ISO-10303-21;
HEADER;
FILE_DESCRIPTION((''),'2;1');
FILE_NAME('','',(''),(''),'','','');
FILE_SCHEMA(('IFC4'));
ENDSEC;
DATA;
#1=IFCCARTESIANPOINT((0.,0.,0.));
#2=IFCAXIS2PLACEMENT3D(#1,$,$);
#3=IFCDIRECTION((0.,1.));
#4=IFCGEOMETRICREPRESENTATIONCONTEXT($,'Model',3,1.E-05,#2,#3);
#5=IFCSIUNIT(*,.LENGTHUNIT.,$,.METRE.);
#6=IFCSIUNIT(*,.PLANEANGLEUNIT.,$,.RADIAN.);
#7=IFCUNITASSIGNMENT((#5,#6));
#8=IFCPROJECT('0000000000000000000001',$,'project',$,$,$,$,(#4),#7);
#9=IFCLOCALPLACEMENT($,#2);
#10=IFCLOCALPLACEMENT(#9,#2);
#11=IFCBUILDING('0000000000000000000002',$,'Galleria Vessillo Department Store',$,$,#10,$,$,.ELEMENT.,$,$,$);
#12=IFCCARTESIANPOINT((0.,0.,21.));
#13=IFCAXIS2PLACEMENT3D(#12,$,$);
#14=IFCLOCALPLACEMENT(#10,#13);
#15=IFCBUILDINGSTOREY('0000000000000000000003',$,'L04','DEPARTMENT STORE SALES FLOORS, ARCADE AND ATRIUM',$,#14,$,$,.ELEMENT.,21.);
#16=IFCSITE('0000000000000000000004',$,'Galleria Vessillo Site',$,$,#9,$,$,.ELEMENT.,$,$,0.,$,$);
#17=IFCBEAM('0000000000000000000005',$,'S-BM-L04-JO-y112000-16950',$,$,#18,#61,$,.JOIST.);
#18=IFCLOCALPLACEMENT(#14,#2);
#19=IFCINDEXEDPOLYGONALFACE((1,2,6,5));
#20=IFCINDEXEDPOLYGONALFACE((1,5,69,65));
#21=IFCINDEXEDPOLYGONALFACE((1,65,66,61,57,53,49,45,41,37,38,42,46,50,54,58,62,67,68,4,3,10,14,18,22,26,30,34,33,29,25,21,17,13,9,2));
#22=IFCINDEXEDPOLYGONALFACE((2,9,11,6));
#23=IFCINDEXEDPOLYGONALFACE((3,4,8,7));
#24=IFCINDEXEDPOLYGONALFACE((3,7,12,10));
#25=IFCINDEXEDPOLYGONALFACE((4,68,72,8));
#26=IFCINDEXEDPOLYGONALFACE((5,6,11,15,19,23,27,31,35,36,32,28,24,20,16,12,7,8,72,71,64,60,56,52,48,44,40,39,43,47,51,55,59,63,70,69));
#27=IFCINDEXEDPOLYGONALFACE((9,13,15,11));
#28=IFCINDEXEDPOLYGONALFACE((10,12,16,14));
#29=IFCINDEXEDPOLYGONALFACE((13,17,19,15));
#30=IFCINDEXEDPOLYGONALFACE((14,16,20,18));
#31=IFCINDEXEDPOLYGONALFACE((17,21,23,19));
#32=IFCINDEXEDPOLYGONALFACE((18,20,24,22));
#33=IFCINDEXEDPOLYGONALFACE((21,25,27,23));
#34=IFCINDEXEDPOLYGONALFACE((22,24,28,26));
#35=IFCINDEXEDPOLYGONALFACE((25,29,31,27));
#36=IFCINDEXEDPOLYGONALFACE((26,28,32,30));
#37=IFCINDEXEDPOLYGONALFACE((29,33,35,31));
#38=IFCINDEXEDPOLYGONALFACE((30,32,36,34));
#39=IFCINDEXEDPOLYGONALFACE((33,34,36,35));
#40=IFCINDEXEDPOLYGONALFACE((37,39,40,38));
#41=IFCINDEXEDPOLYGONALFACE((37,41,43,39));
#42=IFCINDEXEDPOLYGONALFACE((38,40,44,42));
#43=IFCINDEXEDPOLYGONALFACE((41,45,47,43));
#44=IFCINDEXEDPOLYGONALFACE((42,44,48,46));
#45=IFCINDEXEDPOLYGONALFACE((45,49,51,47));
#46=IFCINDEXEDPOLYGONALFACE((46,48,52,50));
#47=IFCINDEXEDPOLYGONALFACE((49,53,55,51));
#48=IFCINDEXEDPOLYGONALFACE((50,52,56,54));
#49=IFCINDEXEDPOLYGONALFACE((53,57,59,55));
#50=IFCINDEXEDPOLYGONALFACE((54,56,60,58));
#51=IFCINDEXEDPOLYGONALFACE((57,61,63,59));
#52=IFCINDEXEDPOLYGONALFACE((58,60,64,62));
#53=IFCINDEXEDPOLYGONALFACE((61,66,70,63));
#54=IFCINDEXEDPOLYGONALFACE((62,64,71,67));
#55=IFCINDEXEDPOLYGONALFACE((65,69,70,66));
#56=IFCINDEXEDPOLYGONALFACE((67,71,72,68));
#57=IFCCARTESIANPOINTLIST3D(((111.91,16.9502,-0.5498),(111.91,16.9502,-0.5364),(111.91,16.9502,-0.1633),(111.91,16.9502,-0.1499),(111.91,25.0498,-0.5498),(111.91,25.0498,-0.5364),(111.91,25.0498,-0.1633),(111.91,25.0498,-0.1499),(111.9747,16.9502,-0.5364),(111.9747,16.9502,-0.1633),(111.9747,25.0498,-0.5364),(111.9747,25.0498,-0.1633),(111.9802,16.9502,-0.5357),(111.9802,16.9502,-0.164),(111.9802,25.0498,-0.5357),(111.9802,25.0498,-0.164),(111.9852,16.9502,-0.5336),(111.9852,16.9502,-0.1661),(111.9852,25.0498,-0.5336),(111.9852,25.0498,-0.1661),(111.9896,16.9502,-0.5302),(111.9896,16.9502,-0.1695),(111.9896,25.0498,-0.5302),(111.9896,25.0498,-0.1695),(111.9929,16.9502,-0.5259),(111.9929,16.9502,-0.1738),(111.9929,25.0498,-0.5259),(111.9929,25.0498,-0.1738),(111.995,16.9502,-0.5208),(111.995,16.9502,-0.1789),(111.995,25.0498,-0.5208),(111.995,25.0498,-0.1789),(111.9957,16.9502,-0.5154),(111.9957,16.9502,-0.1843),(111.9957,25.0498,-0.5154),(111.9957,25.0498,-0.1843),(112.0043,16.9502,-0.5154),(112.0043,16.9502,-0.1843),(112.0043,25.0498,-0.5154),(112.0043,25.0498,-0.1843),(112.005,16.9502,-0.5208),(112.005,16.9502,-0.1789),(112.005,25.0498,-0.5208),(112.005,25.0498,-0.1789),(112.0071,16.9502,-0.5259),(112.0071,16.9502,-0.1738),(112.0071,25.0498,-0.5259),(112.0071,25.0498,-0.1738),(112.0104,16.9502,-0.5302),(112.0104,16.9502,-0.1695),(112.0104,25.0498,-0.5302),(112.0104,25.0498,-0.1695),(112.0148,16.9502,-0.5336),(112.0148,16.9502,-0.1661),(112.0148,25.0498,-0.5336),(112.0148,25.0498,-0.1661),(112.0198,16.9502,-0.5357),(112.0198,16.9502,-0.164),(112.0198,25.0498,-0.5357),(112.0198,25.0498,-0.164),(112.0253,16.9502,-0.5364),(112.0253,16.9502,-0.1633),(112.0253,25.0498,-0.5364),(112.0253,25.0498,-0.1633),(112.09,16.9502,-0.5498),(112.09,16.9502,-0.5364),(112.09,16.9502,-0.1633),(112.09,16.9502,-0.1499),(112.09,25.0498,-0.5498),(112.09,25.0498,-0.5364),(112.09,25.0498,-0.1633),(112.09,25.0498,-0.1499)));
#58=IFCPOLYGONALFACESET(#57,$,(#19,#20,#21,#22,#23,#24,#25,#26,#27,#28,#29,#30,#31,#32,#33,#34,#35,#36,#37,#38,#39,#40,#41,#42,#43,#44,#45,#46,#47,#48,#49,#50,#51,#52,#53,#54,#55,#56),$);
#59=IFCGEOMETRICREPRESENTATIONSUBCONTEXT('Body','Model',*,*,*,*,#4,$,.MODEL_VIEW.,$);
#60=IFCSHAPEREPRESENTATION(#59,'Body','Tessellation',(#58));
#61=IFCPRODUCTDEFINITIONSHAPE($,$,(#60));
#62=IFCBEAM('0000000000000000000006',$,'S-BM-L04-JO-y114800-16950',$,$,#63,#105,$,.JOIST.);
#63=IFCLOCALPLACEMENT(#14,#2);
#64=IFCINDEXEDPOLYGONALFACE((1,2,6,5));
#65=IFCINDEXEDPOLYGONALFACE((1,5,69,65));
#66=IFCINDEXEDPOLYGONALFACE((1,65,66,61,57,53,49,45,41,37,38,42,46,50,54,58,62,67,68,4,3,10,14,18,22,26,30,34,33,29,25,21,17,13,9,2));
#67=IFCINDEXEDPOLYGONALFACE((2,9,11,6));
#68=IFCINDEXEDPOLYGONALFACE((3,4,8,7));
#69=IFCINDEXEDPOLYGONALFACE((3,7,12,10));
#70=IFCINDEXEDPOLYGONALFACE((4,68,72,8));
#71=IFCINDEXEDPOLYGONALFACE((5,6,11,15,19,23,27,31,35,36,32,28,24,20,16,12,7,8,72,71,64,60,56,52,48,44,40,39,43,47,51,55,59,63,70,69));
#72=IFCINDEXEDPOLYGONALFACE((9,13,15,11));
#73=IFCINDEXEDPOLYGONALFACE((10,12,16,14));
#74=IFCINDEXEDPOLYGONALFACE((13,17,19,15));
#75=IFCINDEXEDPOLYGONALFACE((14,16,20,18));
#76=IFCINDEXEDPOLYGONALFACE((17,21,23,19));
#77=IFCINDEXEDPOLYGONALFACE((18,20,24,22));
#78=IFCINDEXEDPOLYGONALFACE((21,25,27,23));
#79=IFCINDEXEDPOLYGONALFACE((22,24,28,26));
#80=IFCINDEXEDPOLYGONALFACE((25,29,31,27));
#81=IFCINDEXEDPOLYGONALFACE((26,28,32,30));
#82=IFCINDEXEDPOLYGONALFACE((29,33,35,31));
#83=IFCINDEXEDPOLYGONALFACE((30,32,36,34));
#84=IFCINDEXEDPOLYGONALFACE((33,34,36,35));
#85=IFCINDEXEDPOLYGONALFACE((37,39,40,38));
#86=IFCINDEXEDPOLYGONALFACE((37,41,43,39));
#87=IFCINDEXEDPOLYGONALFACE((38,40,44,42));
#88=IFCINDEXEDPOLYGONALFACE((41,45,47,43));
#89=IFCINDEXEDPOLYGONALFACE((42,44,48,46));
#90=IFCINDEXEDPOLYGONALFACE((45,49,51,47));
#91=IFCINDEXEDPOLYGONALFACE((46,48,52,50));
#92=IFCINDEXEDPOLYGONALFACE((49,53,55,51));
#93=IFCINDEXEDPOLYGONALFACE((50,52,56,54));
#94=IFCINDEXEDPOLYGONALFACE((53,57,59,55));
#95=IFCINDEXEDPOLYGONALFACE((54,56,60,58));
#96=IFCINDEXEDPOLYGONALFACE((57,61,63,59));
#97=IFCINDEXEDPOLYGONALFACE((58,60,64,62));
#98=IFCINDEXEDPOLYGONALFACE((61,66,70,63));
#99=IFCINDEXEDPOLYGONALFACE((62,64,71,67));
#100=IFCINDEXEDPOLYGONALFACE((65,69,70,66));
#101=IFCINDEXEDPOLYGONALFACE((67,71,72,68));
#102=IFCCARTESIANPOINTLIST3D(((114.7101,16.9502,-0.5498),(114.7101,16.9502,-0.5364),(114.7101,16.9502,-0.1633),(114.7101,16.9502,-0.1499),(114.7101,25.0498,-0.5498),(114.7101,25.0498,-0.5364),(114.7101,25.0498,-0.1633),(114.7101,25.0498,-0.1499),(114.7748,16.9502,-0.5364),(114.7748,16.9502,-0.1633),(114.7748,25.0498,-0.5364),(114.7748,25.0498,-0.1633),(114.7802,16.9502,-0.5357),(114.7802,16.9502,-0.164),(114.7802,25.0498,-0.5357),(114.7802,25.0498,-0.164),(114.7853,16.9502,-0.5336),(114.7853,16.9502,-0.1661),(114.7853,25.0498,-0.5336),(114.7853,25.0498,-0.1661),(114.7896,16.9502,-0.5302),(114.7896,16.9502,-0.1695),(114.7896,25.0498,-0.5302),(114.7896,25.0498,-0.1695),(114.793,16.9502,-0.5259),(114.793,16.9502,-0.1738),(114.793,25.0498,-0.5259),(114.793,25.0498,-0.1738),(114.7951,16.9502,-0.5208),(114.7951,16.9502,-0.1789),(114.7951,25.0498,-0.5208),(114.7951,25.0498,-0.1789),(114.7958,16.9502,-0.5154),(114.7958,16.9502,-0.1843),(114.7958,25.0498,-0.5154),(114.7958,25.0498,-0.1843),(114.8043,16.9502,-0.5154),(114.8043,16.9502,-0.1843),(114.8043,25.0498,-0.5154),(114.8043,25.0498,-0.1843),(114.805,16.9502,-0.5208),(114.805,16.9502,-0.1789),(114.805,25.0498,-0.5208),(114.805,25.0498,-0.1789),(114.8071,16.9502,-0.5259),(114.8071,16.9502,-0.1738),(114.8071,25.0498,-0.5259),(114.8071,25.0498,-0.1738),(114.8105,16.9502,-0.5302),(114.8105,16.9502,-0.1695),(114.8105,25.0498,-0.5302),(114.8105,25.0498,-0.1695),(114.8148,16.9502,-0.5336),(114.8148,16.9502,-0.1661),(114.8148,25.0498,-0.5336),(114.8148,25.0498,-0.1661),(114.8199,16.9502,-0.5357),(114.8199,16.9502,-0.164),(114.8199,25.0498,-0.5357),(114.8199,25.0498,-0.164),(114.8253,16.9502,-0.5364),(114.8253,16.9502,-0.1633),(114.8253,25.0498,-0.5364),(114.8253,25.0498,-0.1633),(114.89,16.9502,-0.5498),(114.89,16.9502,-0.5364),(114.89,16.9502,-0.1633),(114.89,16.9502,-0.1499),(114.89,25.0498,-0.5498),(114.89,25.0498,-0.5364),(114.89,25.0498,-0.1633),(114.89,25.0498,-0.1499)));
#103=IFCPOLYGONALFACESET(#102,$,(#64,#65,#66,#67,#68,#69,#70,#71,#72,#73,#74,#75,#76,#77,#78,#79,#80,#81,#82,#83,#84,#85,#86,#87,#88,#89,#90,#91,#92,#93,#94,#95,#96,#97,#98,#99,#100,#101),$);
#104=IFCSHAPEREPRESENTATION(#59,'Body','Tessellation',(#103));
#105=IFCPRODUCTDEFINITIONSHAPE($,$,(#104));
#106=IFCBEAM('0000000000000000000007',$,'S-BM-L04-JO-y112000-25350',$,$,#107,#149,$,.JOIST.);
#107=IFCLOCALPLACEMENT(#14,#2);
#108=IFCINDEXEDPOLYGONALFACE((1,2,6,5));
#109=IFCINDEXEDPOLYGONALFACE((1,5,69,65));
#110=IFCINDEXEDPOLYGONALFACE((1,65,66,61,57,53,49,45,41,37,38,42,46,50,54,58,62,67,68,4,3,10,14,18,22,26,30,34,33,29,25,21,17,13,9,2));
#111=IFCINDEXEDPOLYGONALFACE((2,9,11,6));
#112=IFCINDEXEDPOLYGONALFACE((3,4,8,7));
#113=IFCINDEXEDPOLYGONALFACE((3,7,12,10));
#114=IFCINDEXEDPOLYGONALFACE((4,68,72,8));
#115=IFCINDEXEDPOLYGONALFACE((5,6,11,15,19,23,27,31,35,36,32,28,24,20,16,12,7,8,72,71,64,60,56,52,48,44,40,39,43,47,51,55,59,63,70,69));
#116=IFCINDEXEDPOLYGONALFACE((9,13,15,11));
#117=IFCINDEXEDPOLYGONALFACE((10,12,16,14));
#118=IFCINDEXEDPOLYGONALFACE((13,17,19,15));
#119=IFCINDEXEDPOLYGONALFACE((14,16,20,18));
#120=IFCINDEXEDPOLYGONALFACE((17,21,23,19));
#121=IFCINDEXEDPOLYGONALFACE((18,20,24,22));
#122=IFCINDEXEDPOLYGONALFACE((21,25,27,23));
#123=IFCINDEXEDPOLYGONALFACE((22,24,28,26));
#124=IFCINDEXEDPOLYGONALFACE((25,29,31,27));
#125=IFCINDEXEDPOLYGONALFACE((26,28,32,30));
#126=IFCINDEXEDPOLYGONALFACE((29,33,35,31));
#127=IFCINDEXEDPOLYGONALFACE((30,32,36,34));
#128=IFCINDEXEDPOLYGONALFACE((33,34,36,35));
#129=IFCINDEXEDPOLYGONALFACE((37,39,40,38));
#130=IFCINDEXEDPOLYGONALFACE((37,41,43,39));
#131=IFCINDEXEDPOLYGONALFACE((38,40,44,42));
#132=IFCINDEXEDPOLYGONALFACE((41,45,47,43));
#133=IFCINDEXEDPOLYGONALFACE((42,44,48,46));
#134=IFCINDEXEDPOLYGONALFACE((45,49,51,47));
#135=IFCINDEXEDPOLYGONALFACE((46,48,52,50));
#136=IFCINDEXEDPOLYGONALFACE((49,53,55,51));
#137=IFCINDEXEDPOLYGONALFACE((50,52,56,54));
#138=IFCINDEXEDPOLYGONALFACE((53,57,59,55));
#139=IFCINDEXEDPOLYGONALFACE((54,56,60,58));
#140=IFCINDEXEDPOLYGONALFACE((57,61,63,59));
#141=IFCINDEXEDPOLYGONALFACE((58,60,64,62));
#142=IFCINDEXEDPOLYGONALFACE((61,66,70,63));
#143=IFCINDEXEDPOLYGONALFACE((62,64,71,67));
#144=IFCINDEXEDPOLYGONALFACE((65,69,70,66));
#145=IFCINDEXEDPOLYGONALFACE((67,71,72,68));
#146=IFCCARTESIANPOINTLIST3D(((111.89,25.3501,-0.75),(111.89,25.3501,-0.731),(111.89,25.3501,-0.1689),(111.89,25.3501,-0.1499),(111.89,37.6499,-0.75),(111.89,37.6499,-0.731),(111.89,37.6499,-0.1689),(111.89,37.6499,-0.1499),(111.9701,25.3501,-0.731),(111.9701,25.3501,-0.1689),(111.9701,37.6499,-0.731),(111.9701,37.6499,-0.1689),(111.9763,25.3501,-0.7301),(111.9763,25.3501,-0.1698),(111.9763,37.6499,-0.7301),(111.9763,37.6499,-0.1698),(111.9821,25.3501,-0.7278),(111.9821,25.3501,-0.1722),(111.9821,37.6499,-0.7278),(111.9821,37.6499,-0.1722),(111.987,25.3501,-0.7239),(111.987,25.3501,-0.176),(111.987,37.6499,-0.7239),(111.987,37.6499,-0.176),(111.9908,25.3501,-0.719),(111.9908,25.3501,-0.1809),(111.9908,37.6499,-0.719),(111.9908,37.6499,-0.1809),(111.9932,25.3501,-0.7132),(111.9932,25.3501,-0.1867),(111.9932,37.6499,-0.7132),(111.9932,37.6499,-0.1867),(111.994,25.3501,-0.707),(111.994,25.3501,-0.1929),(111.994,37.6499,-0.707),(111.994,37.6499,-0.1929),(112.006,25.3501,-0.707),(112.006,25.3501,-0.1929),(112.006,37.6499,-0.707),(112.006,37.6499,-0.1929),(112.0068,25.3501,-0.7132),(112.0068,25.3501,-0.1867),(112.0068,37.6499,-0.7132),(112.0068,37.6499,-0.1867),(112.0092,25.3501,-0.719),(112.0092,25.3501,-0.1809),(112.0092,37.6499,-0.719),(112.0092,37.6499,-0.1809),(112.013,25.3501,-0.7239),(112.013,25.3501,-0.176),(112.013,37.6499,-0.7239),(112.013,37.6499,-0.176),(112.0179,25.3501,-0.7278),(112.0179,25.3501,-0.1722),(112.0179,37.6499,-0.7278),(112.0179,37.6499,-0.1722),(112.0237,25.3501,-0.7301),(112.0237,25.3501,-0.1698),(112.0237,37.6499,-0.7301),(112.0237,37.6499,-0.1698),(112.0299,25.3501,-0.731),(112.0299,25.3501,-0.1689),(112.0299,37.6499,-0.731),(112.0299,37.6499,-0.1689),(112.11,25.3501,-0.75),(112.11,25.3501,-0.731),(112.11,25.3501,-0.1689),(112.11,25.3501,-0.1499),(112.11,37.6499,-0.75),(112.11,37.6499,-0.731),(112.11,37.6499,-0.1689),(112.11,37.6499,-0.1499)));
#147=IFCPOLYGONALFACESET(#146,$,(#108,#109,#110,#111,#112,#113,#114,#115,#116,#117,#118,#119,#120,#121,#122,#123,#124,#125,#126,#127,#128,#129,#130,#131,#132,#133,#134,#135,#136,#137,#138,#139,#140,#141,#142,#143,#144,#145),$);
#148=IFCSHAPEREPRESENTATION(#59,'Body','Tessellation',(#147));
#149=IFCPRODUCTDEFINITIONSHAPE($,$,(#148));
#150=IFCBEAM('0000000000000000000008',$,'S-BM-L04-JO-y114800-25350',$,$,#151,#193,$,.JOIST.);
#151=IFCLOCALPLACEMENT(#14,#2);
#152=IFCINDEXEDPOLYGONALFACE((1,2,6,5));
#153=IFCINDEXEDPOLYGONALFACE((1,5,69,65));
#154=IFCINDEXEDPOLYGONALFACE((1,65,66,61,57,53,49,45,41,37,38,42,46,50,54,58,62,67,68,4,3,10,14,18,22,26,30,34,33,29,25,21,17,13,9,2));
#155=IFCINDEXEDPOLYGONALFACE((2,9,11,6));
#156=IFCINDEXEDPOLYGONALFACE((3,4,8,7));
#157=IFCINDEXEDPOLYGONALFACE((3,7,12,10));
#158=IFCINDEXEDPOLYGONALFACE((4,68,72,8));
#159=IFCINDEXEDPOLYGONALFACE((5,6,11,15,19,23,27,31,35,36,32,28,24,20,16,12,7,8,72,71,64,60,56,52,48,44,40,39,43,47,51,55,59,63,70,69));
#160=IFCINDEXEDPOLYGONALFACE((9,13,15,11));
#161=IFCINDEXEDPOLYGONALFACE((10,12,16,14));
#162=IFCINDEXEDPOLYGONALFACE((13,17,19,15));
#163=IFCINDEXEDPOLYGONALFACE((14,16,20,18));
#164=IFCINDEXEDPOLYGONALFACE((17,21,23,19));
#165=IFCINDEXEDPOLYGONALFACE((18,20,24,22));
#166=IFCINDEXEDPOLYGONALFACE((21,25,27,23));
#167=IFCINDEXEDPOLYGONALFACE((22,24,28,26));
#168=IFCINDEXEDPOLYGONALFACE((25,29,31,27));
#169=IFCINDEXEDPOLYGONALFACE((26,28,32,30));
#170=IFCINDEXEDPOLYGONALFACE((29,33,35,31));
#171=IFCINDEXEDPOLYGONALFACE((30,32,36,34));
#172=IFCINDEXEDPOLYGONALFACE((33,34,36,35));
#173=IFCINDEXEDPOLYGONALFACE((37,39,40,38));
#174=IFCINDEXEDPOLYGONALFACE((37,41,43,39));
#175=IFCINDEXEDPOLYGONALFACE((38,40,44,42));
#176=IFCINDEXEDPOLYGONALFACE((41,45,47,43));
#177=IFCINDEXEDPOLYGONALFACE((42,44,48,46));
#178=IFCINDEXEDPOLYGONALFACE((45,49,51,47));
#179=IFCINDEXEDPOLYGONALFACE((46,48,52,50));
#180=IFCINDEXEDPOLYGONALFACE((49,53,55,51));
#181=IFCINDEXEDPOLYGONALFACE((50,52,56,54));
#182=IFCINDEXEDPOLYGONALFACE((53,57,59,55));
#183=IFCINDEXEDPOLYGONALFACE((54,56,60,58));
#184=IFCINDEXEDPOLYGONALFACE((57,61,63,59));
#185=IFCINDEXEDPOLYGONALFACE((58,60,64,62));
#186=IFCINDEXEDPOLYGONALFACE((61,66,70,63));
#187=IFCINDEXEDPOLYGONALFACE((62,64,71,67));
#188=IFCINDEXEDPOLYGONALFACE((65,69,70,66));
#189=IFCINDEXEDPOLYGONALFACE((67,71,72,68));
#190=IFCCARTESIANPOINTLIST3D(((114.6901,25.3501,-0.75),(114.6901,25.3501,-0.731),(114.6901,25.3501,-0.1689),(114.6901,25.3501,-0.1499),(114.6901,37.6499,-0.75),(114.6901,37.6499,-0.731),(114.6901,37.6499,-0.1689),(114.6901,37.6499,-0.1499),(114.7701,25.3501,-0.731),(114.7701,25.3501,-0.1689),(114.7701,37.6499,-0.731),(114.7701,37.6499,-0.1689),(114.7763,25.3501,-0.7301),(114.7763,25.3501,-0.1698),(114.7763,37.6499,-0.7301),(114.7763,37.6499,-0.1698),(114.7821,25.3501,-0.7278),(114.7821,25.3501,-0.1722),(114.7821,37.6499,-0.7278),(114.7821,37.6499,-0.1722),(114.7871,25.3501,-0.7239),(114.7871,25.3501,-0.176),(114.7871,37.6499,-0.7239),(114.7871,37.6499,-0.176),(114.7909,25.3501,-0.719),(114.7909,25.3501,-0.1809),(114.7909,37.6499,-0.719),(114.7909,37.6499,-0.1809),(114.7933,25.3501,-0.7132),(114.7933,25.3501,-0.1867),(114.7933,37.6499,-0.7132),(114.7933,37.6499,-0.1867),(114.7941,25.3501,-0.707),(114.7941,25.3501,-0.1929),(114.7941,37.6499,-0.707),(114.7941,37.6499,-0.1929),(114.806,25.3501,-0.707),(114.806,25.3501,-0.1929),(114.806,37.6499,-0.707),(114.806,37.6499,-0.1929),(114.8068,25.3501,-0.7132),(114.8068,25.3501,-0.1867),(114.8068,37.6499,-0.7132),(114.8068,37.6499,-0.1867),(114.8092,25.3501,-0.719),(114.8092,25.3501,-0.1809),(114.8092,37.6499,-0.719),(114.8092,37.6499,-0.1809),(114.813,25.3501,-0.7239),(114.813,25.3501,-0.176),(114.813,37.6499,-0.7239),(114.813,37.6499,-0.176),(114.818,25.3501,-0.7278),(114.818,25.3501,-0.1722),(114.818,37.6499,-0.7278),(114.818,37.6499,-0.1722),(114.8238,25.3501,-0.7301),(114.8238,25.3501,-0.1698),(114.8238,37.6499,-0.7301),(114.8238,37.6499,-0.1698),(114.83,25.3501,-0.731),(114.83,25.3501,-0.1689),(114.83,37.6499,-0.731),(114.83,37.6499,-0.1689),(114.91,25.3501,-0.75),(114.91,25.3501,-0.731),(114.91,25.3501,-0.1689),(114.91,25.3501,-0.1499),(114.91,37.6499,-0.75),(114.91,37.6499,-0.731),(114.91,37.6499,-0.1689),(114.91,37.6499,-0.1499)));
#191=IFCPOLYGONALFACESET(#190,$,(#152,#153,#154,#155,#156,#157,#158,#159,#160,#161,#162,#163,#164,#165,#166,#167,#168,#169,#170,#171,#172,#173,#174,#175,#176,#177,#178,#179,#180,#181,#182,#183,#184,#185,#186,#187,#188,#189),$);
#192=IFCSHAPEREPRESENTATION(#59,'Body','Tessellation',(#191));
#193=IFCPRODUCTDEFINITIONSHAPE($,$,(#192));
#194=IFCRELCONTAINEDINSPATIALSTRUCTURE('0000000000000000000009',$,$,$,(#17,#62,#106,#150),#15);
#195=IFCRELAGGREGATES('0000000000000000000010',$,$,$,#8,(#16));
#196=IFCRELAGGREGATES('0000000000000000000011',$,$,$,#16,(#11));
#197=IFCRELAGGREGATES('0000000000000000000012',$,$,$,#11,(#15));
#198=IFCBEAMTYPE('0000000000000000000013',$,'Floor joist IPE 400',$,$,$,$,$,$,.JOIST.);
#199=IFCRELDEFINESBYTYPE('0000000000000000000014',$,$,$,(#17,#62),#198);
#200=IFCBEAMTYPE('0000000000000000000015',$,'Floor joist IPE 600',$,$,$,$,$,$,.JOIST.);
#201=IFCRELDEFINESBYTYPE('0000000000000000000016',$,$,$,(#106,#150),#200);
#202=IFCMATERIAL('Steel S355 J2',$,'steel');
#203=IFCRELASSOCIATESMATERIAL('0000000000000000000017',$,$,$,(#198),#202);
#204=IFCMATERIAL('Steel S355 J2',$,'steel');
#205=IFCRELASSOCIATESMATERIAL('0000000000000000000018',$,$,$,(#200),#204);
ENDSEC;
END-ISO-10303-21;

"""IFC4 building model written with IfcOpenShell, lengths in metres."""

from ifc_helpers import new_model, si_unit, direction, frame, origin, origin_2d, place, context, subcontext, project, spatial, i_section, extrude, material, material_profile, profile_set, type_object, element, save


model = new_model("IFC4")

# Units and contexts
model_context = context("Model", 3, precision=1e-05, world=origin(), true_north=direction((0.0, 1.0)))
body_context = subcontext(model_context, "Body", "Model", "MODEL_VIEW")
ifc_project = project(units=[si_unit("LENGTHUNIT", "METRE"), si_unit("PLANEANGLEUNIT", "RADIAN")], contexts=[model_context])

# Site, building, storey
site_placement = place(None, origin())
site = spatial("IfcSite", under=ifc_project, at=site_placement, Name="Galleria Vessillo Site", CompositionType="ELEMENT", RefElevation=0.0)
building_placement = place(site_placement, origin())
building = spatial("IfcBuilding", under=site, at=building_placement, Name="Galleria Vessillo Department Store", CompositionType="ELEMENT")
storey_placement = place(building_placement, frame((0.0, 0.0, 21.0)))
storey = spatial("IfcBuildingStorey", under=building, at=storey_placement, Name="L04", Description="DEPARTMENT STORE SALES FLOORS, ARCADE AND ATRIUM", CompositionType="ELEMENT", Elevation=21.0)

# Beams
ifc_material_1 = material(Name="Steel S355 J2", Category="steel")
ifc_material_profile_1 = material_profile(ifc_material_1, i_section(OverallWidth=0.1799, OverallDepth=0.3999, WebThickness=0.0085, FlangeThickness=0.0134, FilletRadius=0.021, at=origin_2d()), Name="IPE 400")
ifc_profile_set_1 = profile_set([ifc_material_profile_1], Name="Steel S355 J2")
beam_type_1 = type_object("IfcBeamType", Name="Floor joist IPE 400", PredefinedType="JOIST", material=ifc_profile_set_1)
for number, where, z_axis, x_axis, name in (
    (1, (112.0, 16.9502, -0.3499), (0.0, 1.0, 0.0), (-1.0, 0.0, 0.0), "S-BM-L04-JO-y112000-16950"),
    (2, (114.8, 16.9502, -0.3499), (0.0, 1.0, 0.0), (-1.0, 0.0, 0.0), "S-BM-L04-JO-y114800-16950"),
):
    element("IfcBeam", number, at=place(storey_placement, frame(where, z_axis=z_axis, x_axis=x_axis)), inside=storey, type_object=beam_type_1, Name=name, PredefinedType="JOIST", context=body_context, shape_type="SweptSolid", body=[
        extrude(i_section(OverallWidth=0.1799, OverallDepth=0.3999, WebThickness=0.0085, FlangeThickness=0.0134, FilletRadius=0.021, at=origin_2d()), origin(), (0.0, 0.0, 1.0), 8.0996),
    ])
ifc_material_2 = material(Name="Steel S355 J2", Category="steel")
ifc_material_profile_2 = material_profile(ifc_material_2, i_section(OverallWidth=0.22, OverallDepth=0.6001, WebThickness=0.012, FlangeThickness=0.019, FilletRadius=0.0239, at=origin_2d()), Name="IPE 600")
ifc_profile_set_2 = profile_set([ifc_material_profile_2], Name="Steel S355 J2")
beam_type_2 = type_object("IfcBeamType", Name="Floor joist IPE 600", PredefinedType="JOIST", material=ifc_profile_set_2)
for number, where, z_axis, x_axis, name in (
    (3, (112.0, 25.3501, -0.45), (0.0, 1.0, 0.0), (-1.0, 0.0, 0.0), "S-BM-L04-JO-y112000-25350"),
    (4, (114.8, 25.3501, -0.45), (0.0, 1.0, 0.0), (-1.0, 0.0, 0.0), "S-BM-L04-JO-y114800-25350"),
):
    element("IfcBeam", number, at=place(storey_placement, frame(where, z_axis=z_axis, x_axis=x_axis)), inside=storey, type_object=beam_type_2, Name=name, PredefinedType="JOIST", context=body_context, shape_type="SweptSolid", body=[
        extrude(i_section(OverallWidth=0.22, OverallDepth=0.6001, WebThickness=0.012, FlangeThickness=0.019, FilletRadius=0.0239, at=origin_2d()), origin(), (0.0, 0.0, 1.0), 12.2998),
    ])

save(model, "model.ifc")
